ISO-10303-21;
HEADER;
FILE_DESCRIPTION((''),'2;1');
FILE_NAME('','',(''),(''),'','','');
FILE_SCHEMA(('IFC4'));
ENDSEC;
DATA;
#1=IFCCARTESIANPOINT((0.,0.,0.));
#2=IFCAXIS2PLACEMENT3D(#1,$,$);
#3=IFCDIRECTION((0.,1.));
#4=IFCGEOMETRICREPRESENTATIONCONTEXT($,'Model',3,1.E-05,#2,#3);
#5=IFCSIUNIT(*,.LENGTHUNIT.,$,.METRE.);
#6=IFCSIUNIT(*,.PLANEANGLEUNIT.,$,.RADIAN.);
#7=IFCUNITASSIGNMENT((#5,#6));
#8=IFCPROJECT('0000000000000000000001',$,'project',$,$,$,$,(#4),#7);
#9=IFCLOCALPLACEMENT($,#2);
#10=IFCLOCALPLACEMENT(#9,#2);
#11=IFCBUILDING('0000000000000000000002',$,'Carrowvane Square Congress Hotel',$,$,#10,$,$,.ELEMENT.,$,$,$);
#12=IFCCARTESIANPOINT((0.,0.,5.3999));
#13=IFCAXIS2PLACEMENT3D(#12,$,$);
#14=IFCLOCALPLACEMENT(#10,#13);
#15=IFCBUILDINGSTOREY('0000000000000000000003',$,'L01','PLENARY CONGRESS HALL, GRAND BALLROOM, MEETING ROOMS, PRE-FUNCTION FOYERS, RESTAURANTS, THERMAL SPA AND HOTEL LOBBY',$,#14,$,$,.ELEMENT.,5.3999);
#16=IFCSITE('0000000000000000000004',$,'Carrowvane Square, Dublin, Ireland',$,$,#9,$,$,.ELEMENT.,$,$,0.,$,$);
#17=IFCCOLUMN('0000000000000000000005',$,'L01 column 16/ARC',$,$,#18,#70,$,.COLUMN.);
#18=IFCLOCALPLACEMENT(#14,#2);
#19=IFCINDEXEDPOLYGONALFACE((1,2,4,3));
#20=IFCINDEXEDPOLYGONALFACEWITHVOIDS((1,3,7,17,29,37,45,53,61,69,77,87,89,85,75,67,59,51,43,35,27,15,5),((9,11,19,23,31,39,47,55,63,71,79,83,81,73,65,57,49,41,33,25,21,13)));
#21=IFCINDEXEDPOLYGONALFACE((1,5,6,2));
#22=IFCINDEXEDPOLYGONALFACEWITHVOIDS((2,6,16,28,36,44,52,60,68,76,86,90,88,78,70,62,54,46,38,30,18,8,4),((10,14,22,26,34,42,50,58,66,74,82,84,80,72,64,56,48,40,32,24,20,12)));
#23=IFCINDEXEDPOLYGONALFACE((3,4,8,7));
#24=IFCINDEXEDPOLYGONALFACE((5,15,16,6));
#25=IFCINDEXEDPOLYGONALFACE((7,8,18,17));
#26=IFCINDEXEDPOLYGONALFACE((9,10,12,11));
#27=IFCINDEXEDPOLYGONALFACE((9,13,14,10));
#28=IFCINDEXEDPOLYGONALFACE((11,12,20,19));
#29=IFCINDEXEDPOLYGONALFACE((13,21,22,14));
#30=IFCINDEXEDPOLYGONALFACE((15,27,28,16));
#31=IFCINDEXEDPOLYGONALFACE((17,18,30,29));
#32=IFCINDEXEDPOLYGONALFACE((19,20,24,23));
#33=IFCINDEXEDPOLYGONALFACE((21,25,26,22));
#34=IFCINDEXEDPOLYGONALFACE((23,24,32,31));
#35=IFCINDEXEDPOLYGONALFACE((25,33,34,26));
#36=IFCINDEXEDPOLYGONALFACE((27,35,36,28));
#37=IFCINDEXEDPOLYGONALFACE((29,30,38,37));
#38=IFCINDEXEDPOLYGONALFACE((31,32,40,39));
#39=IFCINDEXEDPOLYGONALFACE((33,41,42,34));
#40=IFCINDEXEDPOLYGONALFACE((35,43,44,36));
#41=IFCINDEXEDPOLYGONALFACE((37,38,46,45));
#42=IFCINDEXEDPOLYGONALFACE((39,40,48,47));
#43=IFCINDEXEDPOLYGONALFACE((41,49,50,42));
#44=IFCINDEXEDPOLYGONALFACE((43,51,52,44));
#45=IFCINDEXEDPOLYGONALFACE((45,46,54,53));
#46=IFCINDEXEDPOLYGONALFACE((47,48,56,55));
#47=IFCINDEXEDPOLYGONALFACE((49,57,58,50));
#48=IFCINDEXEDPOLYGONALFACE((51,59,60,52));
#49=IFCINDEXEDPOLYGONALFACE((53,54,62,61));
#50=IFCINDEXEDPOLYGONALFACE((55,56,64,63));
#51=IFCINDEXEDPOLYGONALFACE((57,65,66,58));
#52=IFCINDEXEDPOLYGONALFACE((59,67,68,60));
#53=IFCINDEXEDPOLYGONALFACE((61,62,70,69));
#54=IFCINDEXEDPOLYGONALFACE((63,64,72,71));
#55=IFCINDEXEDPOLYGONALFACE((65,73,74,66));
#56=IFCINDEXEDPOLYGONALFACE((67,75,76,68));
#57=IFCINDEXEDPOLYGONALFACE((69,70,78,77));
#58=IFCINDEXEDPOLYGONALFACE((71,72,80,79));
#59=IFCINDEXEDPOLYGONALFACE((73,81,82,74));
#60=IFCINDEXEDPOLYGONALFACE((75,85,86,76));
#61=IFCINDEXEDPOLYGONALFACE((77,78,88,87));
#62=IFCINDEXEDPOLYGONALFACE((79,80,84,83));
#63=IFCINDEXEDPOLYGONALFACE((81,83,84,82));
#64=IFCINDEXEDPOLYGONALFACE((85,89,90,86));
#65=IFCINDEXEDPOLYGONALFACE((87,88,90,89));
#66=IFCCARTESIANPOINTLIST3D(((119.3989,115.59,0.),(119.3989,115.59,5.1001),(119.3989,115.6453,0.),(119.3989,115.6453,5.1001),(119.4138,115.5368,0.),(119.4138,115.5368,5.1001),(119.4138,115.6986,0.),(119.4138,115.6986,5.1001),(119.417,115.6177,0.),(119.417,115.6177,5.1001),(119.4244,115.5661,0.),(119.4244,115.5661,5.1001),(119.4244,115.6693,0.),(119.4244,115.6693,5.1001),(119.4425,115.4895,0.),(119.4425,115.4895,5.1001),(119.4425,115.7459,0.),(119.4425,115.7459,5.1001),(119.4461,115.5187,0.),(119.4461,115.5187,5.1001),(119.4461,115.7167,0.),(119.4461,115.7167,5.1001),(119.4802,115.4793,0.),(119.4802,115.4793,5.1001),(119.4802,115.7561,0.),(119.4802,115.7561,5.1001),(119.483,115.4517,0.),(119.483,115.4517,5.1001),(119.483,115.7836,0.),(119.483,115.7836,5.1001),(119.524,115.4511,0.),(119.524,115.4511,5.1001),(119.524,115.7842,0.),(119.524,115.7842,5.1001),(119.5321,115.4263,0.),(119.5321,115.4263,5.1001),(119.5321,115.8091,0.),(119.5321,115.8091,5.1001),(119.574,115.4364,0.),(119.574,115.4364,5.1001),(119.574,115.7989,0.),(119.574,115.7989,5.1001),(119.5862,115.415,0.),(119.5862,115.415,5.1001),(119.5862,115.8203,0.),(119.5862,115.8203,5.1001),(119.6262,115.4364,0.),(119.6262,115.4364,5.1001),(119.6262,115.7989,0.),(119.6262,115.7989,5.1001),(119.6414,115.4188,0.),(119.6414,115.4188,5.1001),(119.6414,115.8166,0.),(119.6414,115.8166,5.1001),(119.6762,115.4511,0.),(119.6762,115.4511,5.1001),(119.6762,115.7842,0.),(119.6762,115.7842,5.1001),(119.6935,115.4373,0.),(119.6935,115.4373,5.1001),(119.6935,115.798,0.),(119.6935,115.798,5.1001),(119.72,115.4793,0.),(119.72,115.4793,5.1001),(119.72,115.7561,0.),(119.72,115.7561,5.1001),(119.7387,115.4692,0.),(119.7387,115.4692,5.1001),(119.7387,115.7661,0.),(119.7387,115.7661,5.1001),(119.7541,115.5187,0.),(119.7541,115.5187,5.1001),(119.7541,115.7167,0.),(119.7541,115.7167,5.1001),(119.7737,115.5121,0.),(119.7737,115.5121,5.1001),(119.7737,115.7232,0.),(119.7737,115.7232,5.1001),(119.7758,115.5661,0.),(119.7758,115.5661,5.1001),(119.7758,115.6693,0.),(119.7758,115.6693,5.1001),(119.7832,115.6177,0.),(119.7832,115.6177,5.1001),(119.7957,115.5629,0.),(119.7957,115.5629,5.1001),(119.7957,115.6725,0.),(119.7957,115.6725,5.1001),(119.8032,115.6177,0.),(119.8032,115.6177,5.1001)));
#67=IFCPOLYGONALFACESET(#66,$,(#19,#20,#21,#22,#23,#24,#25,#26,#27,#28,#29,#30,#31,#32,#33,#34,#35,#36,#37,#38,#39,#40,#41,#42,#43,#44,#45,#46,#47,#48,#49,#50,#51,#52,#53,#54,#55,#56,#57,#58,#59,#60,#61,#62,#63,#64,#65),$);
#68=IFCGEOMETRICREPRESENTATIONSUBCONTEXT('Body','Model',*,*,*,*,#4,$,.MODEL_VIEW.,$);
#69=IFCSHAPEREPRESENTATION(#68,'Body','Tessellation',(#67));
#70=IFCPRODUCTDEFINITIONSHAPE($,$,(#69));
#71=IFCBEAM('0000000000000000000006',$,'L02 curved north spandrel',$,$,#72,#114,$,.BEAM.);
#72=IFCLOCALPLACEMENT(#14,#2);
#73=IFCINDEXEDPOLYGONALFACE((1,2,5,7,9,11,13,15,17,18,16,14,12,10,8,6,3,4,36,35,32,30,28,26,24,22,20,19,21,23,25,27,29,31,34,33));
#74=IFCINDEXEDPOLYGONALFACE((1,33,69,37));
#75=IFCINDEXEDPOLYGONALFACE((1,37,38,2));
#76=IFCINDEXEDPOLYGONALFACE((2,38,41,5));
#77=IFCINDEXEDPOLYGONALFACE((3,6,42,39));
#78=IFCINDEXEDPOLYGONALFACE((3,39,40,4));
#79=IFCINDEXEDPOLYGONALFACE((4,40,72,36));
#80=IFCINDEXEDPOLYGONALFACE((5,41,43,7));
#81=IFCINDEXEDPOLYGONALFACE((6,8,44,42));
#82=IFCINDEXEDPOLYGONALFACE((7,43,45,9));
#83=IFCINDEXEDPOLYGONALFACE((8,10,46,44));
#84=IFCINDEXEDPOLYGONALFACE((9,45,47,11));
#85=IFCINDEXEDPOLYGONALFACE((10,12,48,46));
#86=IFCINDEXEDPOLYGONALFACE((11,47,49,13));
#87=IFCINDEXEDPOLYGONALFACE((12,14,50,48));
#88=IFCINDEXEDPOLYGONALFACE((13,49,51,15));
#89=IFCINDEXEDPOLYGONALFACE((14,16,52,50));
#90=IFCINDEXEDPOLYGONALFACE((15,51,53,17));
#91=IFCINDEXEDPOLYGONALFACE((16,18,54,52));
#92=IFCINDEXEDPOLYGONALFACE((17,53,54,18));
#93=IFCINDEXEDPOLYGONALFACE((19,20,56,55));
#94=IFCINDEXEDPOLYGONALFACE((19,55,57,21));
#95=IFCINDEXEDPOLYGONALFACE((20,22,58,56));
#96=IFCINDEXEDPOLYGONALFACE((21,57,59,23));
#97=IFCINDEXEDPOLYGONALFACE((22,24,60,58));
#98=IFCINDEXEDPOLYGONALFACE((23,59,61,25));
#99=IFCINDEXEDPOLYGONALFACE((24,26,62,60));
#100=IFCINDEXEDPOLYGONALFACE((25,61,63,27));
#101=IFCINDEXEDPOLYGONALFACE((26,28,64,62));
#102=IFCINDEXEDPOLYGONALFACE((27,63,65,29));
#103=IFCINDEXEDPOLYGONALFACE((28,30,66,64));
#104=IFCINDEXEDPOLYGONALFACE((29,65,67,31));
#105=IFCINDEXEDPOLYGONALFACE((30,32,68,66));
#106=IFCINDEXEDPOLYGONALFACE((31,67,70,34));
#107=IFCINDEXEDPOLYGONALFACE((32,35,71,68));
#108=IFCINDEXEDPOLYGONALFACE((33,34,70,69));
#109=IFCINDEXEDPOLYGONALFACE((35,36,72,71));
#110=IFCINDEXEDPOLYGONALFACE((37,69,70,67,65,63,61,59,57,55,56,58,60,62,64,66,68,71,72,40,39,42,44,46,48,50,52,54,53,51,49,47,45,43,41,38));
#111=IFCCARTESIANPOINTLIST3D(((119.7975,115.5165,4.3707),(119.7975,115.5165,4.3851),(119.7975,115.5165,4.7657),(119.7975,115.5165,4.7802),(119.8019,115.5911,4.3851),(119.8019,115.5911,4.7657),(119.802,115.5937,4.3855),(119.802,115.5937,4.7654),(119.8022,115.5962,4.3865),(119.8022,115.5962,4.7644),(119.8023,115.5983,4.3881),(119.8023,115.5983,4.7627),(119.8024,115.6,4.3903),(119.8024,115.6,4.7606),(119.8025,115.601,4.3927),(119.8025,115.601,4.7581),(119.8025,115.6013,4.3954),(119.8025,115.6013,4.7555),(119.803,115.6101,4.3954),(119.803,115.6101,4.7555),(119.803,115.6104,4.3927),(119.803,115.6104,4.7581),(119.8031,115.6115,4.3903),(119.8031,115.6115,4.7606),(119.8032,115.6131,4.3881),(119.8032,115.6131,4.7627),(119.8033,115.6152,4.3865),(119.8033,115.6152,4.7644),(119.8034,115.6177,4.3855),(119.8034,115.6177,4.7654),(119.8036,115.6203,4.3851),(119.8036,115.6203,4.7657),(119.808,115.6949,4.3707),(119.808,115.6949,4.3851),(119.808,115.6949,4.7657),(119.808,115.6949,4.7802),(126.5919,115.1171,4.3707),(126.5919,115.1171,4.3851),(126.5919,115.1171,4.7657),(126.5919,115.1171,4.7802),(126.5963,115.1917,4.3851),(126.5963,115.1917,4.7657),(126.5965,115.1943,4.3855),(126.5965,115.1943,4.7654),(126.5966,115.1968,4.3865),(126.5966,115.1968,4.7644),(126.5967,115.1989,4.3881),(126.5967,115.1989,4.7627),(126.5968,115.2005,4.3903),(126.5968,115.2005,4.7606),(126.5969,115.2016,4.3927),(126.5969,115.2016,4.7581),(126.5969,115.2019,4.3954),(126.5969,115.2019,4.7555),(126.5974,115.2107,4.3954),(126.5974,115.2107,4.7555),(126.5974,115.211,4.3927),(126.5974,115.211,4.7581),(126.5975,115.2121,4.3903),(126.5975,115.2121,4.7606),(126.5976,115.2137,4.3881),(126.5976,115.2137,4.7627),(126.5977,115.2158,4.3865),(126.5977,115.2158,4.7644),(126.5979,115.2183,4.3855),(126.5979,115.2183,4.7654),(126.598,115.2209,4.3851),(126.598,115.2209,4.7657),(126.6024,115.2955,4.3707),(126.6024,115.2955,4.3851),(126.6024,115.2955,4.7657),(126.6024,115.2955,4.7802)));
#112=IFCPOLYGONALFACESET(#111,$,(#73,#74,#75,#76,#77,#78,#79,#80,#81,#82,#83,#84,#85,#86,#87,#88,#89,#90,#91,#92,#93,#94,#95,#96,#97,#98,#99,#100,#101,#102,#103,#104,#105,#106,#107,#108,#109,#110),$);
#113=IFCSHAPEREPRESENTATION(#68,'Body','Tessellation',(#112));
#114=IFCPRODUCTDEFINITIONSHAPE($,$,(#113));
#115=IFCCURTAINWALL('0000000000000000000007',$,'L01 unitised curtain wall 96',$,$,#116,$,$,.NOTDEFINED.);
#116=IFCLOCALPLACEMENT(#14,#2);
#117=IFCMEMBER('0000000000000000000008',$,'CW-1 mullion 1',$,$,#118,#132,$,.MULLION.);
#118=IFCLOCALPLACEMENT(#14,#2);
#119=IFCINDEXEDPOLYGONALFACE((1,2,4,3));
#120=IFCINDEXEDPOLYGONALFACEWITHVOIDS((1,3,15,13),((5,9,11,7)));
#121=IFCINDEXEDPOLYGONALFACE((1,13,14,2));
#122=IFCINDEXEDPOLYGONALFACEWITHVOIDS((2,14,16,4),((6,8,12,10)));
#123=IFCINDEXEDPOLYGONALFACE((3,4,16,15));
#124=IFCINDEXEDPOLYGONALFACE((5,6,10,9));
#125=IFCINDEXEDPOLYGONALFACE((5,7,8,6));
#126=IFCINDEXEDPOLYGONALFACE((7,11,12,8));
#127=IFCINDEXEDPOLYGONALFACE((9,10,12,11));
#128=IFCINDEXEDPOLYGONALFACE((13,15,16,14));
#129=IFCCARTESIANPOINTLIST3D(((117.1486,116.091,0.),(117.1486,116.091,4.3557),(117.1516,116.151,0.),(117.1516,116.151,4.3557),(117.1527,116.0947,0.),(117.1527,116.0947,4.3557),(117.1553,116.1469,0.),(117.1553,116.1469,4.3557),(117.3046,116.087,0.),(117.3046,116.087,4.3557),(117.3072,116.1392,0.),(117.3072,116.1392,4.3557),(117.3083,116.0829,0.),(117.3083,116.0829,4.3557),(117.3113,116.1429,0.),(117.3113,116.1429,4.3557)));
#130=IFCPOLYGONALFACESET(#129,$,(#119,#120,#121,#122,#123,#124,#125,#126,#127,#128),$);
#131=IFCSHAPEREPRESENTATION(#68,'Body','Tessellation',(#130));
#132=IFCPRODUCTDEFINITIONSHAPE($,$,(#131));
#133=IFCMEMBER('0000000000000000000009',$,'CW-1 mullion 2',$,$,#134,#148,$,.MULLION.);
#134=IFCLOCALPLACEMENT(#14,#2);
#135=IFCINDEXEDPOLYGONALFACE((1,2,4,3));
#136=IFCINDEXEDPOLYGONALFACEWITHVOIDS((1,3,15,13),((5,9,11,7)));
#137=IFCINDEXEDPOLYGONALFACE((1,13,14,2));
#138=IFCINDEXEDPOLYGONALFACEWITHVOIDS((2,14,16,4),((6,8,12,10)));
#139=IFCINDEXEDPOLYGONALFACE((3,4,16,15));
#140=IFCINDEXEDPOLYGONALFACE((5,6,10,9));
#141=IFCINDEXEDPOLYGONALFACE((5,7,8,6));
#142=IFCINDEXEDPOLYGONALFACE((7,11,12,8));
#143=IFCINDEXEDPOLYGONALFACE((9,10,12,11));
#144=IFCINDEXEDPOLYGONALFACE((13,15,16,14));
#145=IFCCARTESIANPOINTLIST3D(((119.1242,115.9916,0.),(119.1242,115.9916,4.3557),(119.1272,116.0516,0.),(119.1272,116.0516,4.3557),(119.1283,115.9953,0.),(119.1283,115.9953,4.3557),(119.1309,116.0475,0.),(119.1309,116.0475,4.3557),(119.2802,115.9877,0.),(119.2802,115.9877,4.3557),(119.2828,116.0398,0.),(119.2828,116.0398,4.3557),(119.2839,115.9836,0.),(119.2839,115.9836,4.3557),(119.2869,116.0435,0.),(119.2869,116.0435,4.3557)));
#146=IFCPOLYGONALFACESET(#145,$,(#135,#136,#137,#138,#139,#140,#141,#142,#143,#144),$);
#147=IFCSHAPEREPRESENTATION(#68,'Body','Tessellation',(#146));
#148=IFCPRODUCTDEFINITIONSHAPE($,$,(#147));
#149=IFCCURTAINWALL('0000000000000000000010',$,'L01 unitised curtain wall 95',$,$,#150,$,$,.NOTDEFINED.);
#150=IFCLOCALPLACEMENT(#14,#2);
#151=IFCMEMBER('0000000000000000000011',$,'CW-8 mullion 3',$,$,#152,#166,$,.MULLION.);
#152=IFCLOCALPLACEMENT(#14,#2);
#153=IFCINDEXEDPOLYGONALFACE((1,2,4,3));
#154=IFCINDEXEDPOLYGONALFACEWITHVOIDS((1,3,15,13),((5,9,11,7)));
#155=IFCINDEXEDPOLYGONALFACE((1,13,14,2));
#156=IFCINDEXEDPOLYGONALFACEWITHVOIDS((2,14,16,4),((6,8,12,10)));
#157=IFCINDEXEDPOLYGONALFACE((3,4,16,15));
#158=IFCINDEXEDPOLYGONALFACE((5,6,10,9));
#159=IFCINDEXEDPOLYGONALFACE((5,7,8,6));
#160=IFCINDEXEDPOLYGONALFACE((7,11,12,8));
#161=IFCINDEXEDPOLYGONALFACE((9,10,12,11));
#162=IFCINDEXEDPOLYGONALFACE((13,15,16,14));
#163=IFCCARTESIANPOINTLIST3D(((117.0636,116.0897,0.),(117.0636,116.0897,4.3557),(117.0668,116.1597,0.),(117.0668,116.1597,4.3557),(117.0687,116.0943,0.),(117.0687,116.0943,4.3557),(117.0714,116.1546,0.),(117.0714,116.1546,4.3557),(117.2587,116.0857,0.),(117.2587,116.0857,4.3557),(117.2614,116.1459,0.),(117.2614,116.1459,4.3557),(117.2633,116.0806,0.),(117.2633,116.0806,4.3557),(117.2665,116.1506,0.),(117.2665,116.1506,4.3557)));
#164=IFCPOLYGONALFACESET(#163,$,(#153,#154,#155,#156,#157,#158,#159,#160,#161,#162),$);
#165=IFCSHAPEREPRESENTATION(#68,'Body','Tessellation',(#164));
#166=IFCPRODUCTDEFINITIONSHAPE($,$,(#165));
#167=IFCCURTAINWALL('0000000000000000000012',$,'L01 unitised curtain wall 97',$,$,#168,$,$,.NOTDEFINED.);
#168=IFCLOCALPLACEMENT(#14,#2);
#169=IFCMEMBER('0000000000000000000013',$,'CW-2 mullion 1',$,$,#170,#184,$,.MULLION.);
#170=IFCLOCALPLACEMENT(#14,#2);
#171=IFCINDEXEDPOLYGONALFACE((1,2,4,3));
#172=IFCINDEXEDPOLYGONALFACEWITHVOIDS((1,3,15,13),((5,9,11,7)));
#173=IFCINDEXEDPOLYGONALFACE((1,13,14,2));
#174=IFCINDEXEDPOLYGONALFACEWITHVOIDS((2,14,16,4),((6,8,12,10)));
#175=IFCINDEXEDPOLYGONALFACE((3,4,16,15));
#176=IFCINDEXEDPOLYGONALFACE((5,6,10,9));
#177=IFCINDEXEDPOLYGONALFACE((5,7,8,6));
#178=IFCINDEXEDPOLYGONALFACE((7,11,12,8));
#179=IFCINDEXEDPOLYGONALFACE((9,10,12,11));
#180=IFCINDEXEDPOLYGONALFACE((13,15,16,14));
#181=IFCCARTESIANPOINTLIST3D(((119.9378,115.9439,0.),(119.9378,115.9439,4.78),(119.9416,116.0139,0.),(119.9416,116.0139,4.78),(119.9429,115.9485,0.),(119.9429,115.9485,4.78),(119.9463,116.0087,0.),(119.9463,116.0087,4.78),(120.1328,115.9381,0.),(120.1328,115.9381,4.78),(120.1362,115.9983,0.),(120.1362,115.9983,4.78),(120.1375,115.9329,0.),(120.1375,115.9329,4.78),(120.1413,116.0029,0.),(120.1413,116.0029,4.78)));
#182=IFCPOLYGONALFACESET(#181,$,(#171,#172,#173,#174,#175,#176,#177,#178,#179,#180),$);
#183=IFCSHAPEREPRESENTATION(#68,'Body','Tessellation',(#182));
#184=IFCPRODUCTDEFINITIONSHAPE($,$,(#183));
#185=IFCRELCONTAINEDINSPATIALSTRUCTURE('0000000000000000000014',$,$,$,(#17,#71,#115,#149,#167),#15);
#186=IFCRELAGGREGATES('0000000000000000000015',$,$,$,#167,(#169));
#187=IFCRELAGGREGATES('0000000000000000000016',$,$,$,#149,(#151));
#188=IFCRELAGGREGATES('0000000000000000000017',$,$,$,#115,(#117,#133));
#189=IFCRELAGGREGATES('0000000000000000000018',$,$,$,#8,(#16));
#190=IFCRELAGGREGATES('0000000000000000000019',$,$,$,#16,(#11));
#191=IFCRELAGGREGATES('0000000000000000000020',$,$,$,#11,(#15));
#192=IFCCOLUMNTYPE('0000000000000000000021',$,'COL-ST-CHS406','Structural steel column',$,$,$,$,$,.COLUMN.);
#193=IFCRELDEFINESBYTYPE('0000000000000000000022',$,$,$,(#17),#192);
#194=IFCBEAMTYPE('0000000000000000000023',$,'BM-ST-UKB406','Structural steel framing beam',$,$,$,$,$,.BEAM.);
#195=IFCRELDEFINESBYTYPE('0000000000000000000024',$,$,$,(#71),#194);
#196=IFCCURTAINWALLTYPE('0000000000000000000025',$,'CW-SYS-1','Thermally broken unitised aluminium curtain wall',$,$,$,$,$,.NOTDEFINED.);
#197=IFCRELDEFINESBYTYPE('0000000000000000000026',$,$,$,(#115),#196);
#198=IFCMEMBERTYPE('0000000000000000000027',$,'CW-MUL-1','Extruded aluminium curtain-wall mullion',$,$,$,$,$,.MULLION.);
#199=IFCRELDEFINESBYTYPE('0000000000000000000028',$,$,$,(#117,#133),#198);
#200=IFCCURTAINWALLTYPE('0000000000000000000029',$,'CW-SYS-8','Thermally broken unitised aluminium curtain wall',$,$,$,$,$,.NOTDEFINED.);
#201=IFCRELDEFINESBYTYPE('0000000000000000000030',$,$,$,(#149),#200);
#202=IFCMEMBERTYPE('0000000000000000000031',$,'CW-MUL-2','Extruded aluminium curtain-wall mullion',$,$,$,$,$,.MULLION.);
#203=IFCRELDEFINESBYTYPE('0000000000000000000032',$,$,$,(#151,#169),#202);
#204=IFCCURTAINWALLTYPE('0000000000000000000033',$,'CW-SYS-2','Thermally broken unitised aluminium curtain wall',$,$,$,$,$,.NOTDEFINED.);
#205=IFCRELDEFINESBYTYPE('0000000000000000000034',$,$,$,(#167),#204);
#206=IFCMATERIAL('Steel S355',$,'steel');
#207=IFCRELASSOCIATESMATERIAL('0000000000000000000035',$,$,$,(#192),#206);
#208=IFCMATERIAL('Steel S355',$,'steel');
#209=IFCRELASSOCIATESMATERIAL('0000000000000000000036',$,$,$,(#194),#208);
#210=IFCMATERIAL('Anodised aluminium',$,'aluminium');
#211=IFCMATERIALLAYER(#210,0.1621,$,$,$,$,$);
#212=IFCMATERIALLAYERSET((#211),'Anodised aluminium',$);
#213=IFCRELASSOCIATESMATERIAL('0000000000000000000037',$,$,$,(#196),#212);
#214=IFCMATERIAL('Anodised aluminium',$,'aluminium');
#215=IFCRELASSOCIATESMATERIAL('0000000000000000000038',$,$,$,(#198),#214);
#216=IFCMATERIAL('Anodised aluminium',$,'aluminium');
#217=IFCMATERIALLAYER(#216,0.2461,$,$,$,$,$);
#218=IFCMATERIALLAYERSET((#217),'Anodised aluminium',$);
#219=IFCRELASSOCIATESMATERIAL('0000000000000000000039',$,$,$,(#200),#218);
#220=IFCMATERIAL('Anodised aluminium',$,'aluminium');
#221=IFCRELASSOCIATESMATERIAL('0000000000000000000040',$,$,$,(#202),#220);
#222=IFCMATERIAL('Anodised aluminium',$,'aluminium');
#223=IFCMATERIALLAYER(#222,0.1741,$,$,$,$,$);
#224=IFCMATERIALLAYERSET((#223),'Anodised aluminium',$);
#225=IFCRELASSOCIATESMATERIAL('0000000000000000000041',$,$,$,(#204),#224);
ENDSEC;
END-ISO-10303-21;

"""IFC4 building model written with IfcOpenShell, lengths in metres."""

from ifc_helpers import new_model, si_unit, direction, frame, origin, origin_2d, place, context, subcontext, project, spatial, hollow_rectangle, hollow_circle, i_section, extrude, material, layer, layer_set, material_profile, profile_set, type_object, element, aggregate, save


model = new_model("IFC4")

# Units and contexts
model_context = context("Model", 3, precision=1e-05, world=origin(), true_north=direction((0.0, 1.0)))
body_context = subcontext(model_context, "Body", "Model", "MODEL_VIEW")
ifc_project = project(units=[si_unit("LENGTHUNIT", "METRE"), si_unit("PLANEANGLEUNIT", "RADIAN")], contexts=[model_context])

# Site, building, storey
site_placement = place(None, origin())
site = spatial("IfcSite", under=ifc_project, at=site_placement, Name="Carrowvane Square, Dublin, Ireland", CompositionType="ELEMENT", RefElevation=0.0)
building_placement = place(site_placement, origin())
building = spatial("IfcBuilding", under=site, at=building_placement, Name="Carrowvane Square Congress Hotel", CompositionType="ELEMENT")
storey_placement = place(building_placement, frame((0.0, 0.0, 5.3999)))
storey = spatial("IfcBuildingStorey", under=building, at=storey_placement, Name="L01", Description="PLENARY CONGRESS HALL, GRAND BALLROOM, MEETING ROOMS, PRE-FUNCTION FOYERS, RESTAURANTS, THERMAL SPA AND HOTEL LOBBY", CompositionType="ELEMENT", Elevation=5.3999)

# Column
ifc_material_1 = material(Name="Steel S355", Category="steel")
ifc_material_profile_1 = material_profile(ifc_material_1, hollow_circle(Radius=0.2031, WallThickness=0.02, at=origin_2d()), Name="CHS 406.4x20")
ifc_profile_set_1 = profile_set([ifc_material_profile_1], Name="Steel S355")
column_type = type_object("IfcColumnType", Name="COL-ST-CHS406", Description="Structural steel column", PredefinedType="COLUMN", material=ifc_profile_set_1)
column_placement = place(storey_placement, frame((119.6001, 115.6177, 0.0), z_axis=(0.0, 0.0, 1.0), x_axis=(1.0, 0.0, 0.0)))
element("IfcColumn", 1, at=column_placement, inside=storey, type_object=column_type, Name="L01 column 16/ARC", PredefinedType="COLUMN", context=body_context, shape_type="SweptSolid", body=[
    extrude(hollow_circle(Radius=0.2031, WallThickness=0.02, at=origin_2d()), origin(), (0.0, 0.0, 1.0), 5.1001),
])

# Beam
ifc_material_2 = material(Name="Steel S355", Category="steel")
ifc_material_profile_2 = material_profile(ifc_material_2, i_section(OverallWidth=0.1787, OverallDepth=0.4094, WebThickness=0.0088, FlangeThickness=0.0144, FilletRadius=0.0103, at=origin_2d()), Name="UKB 406x178x67")
ifc_profile_set_2 = profile_set([ifc_material_profile_2], Name="Steel S355")
beam_type = type_object("IfcBeamType", Name="BM-ST-UKB406", Description="Structural steel framing beam", PredefinedType="BEAM", material=ifc_profile_set_2)
beam_placement = place(storey_placement, frame((119.8027, 115.6057, 4.5754), z_axis=(0.998277, -0.058684, 0.0), x_axis=(0.058684, 0.998277, 0.0)))
element("IfcBeam", 2, at=beam_placement, inside=storey, type_object=beam_type, Name="L02 curved north spandrel", PredefinedType="BEAM", context=body_context, shape_type="SweptSolid", body=[
    extrude(i_section(OverallWidth=0.1787, OverallDepth=0.4094, WebThickness=0.0088, FlangeThickness=0.0144, FilletRadius=0.0103, at=origin_2d()), origin(), (0.0, 0.0, 1.0), 6.8062),
])

# Curtain wall, members
ifc_material_3 = material(Name="Anodised aluminium", Category="aluminium")
ifc_layer_1 = layer(ifc_material_3, 0.1621)
ifc_layer_set_1 = layer_set([ifc_layer_1], Name="Anodised aluminium")
curtain_wall_type_1 = type_object("IfcCurtainWallType", Name="CW-SYS-1", Description="Thermally broken unitised aluminium curtain wall", PredefinedType="NOTDEFINED", material=ifc_layer_set_1)
curtain_wall_1_placement = place(storey_placement, origin())
curtain_wall_1 = element("IfcCurtainWall", 3, at=curtain_wall_1_placement, inside=storey, type_object=curtain_wall_type_1, Name="L01 unitised curtain wall 96", PredefinedType="NOTDEFINED")
ifc_material_4 = material(Name="Anodised aluminium", Category="aluminium")
ifc_material_profile_3 = material_profile(ifc_material_4, hollow_rectangle(XDim=0.0601, YDim=0.1599, WallThickness=0.0039, at=origin_2d()), Name="CW-ML 60x160x4")
ifc_profile_set_3 = profile_set([ifc_material_profile_3], Name="Anodised aluminium")
member_type_1 = type_object("IfcMemberType", Name="CW-MUL-1", Description="Extruded aluminium curtain-wall mullion", PredefinedType="MULLION", material=ifc_profile_set_3)
member_1_placement = place(storey_placement, frame((117.23, 116.1169, 0.0), z_axis=(0.0, 0.0, 1.0), x_axis=(0.050324, 0.998733, 0.0)))
member_1 = element("IfcMember", 4, at=member_1_placement, type_object=member_type_1, Name="CW-1 mullion 1", PredefinedType="MULLION", context=body_context, shape_type="SweptSolid", body=[
    extrude(hollow_rectangle(XDim=0.0601, YDim=0.1599, WallThickness=0.0039, at=origin_2d()), origin(), (0.0, 0.0, 1.0), 4.3557),
])
member_2_placement = place(storey_placement, frame((119.2056, 116.0176, 0.0), z_axis=(0.0, 0.0, 1.0), x_axis=(0.050324, 0.998733, 0.0)))
member_2 = element("IfcMember", 5, at=member_2_placement, type_object=member_type_1, Name="CW-1 mullion 2", PredefinedType="MULLION", context=body_context, shape_type="SweptSolid", body=[
    extrude(hollow_rectangle(XDim=0.0601, YDim=0.1599, WallThickness=0.0039, at=origin_2d()), origin(), (0.0, 0.0, 1.0), 4.3557),
])

# Curtain walls, members
ifc_material_5 = material(Name="Anodised aluminium", Category="aluminium")
ifc_layer_2 = layer(ifc_material_5, 0.2461)
ifc_layer_set_2 = layer_set([ifc_layer_2], Name="Anodised aluminium")
curtain_wall_type_2 = type_object("IfcCurtainWallType", Name="CW-SYS-8", Description="Thermally broken unitised aluminium curtain wall", PredefinedType="NOTDEFINED", material=ifc_layer_set_2)
curtain_wall_2_placement = place(storey_placement, origin())
curtain_wall_2 = element("IfcCurtainWall", 6, at=curtain_wall_2_placement, inside=storey, type_object=curtain_wall_type_2, Name="L01 unitised curtain wall 95", PredefinedType="NOTDEFINED")
ifc_material_6 = material(Name="Anodised aluminium", Category="aluminium")
ifc_material_profile_4 = material_profile(ifc_material_6, hollow_rectangle(XDim=0.0701, YDim=0.2, WallThickness=0.0049, at=origin_2d()), Name="CW-ML 70x200x5")
ifc_profile_set_4 = profile_set([ifc_material_profile_4], Name="Anodised aluminium")
member_type_2 = type_object("IfcMemberType", Name="CW-MUL-2", Description="Extruded aluminium curtain-wall mullion", PredefinedType="MULLION", material=ifc_profile_set_4)
member_3_placement = place(storey_placement, frame((117.165, 116.1201, 0.0), z_axis=(0.0, 0.0, 1.0), x_axis=(0.045411, 0.998968, 0.0)))
member_3 = element("IfcMember", 7, at=member_3_placement, type_object=member_type_2, Name="CW-8 mullion 3", PredefinedType="MULLION", context=body_context, shape_type="SweptSolid", body=[
    extrude(hollow_rectangle(XDim=0.0701, YDim=0.2, WallThickness=0.0049, at=origin_2d()), origin(), (0.0, 0.0, 1.0), 4.3557),
])
ifc_material_7 = material(Name="Anodised aluminium", Category="aluminium")
ifc_layer_3 = layer(ifc_material_7, 0.1741)
ifc_layer_set_3 = layer_set([ifc_layer_3], Name="Anodised aluminium")
curtain_wall_type_3 = type_object("IfcCurtainWallType", Name="CW-SYS-2", Description="Thermally broken unitised aluminium curtain wall", PredefinedType="NOTDEFINED", material=ifc_layer_set_3)
curtain_wall_3_placement = place(storey_placement, origin())
curtain_wall_3 = element("IfcCurtainWall", 8, at=curtain_wall_3_placement, inside=storey, type_object=curtain_wall_type_3, Name="L01 unitised curtain wall 97", PredefinedType="NOTDEFINED")
member_4_placement = place(storey_placement, frame((120.0396, 115.9734, 0.0), z_axis=(0.0, 0.0, 1.0), x_axis=(0.054816, 0.998496, 0.0)))
member_4 = element("IfcMember", 9, at=member_4_placement, type_object=member_type_2, Name="CW-2 mullion 1", PredefinedType="MULLION", context=body_context, shape_type="SweptSolid", body=[
    extrude(hollow_rectangle(XDim=0.0701, YDim=0.2, WallThickness=0.0049, at=origin_2d()), origin(), (0.0, 0.0, 1.0), 4.78),
])

aggregate(curtain_wall_3, [member_4])

aggregate(curtain_wall_2, [member_3])
aggregate(curtain_wall_1, [member_1, member_2])

save(model, "model.ifc")
